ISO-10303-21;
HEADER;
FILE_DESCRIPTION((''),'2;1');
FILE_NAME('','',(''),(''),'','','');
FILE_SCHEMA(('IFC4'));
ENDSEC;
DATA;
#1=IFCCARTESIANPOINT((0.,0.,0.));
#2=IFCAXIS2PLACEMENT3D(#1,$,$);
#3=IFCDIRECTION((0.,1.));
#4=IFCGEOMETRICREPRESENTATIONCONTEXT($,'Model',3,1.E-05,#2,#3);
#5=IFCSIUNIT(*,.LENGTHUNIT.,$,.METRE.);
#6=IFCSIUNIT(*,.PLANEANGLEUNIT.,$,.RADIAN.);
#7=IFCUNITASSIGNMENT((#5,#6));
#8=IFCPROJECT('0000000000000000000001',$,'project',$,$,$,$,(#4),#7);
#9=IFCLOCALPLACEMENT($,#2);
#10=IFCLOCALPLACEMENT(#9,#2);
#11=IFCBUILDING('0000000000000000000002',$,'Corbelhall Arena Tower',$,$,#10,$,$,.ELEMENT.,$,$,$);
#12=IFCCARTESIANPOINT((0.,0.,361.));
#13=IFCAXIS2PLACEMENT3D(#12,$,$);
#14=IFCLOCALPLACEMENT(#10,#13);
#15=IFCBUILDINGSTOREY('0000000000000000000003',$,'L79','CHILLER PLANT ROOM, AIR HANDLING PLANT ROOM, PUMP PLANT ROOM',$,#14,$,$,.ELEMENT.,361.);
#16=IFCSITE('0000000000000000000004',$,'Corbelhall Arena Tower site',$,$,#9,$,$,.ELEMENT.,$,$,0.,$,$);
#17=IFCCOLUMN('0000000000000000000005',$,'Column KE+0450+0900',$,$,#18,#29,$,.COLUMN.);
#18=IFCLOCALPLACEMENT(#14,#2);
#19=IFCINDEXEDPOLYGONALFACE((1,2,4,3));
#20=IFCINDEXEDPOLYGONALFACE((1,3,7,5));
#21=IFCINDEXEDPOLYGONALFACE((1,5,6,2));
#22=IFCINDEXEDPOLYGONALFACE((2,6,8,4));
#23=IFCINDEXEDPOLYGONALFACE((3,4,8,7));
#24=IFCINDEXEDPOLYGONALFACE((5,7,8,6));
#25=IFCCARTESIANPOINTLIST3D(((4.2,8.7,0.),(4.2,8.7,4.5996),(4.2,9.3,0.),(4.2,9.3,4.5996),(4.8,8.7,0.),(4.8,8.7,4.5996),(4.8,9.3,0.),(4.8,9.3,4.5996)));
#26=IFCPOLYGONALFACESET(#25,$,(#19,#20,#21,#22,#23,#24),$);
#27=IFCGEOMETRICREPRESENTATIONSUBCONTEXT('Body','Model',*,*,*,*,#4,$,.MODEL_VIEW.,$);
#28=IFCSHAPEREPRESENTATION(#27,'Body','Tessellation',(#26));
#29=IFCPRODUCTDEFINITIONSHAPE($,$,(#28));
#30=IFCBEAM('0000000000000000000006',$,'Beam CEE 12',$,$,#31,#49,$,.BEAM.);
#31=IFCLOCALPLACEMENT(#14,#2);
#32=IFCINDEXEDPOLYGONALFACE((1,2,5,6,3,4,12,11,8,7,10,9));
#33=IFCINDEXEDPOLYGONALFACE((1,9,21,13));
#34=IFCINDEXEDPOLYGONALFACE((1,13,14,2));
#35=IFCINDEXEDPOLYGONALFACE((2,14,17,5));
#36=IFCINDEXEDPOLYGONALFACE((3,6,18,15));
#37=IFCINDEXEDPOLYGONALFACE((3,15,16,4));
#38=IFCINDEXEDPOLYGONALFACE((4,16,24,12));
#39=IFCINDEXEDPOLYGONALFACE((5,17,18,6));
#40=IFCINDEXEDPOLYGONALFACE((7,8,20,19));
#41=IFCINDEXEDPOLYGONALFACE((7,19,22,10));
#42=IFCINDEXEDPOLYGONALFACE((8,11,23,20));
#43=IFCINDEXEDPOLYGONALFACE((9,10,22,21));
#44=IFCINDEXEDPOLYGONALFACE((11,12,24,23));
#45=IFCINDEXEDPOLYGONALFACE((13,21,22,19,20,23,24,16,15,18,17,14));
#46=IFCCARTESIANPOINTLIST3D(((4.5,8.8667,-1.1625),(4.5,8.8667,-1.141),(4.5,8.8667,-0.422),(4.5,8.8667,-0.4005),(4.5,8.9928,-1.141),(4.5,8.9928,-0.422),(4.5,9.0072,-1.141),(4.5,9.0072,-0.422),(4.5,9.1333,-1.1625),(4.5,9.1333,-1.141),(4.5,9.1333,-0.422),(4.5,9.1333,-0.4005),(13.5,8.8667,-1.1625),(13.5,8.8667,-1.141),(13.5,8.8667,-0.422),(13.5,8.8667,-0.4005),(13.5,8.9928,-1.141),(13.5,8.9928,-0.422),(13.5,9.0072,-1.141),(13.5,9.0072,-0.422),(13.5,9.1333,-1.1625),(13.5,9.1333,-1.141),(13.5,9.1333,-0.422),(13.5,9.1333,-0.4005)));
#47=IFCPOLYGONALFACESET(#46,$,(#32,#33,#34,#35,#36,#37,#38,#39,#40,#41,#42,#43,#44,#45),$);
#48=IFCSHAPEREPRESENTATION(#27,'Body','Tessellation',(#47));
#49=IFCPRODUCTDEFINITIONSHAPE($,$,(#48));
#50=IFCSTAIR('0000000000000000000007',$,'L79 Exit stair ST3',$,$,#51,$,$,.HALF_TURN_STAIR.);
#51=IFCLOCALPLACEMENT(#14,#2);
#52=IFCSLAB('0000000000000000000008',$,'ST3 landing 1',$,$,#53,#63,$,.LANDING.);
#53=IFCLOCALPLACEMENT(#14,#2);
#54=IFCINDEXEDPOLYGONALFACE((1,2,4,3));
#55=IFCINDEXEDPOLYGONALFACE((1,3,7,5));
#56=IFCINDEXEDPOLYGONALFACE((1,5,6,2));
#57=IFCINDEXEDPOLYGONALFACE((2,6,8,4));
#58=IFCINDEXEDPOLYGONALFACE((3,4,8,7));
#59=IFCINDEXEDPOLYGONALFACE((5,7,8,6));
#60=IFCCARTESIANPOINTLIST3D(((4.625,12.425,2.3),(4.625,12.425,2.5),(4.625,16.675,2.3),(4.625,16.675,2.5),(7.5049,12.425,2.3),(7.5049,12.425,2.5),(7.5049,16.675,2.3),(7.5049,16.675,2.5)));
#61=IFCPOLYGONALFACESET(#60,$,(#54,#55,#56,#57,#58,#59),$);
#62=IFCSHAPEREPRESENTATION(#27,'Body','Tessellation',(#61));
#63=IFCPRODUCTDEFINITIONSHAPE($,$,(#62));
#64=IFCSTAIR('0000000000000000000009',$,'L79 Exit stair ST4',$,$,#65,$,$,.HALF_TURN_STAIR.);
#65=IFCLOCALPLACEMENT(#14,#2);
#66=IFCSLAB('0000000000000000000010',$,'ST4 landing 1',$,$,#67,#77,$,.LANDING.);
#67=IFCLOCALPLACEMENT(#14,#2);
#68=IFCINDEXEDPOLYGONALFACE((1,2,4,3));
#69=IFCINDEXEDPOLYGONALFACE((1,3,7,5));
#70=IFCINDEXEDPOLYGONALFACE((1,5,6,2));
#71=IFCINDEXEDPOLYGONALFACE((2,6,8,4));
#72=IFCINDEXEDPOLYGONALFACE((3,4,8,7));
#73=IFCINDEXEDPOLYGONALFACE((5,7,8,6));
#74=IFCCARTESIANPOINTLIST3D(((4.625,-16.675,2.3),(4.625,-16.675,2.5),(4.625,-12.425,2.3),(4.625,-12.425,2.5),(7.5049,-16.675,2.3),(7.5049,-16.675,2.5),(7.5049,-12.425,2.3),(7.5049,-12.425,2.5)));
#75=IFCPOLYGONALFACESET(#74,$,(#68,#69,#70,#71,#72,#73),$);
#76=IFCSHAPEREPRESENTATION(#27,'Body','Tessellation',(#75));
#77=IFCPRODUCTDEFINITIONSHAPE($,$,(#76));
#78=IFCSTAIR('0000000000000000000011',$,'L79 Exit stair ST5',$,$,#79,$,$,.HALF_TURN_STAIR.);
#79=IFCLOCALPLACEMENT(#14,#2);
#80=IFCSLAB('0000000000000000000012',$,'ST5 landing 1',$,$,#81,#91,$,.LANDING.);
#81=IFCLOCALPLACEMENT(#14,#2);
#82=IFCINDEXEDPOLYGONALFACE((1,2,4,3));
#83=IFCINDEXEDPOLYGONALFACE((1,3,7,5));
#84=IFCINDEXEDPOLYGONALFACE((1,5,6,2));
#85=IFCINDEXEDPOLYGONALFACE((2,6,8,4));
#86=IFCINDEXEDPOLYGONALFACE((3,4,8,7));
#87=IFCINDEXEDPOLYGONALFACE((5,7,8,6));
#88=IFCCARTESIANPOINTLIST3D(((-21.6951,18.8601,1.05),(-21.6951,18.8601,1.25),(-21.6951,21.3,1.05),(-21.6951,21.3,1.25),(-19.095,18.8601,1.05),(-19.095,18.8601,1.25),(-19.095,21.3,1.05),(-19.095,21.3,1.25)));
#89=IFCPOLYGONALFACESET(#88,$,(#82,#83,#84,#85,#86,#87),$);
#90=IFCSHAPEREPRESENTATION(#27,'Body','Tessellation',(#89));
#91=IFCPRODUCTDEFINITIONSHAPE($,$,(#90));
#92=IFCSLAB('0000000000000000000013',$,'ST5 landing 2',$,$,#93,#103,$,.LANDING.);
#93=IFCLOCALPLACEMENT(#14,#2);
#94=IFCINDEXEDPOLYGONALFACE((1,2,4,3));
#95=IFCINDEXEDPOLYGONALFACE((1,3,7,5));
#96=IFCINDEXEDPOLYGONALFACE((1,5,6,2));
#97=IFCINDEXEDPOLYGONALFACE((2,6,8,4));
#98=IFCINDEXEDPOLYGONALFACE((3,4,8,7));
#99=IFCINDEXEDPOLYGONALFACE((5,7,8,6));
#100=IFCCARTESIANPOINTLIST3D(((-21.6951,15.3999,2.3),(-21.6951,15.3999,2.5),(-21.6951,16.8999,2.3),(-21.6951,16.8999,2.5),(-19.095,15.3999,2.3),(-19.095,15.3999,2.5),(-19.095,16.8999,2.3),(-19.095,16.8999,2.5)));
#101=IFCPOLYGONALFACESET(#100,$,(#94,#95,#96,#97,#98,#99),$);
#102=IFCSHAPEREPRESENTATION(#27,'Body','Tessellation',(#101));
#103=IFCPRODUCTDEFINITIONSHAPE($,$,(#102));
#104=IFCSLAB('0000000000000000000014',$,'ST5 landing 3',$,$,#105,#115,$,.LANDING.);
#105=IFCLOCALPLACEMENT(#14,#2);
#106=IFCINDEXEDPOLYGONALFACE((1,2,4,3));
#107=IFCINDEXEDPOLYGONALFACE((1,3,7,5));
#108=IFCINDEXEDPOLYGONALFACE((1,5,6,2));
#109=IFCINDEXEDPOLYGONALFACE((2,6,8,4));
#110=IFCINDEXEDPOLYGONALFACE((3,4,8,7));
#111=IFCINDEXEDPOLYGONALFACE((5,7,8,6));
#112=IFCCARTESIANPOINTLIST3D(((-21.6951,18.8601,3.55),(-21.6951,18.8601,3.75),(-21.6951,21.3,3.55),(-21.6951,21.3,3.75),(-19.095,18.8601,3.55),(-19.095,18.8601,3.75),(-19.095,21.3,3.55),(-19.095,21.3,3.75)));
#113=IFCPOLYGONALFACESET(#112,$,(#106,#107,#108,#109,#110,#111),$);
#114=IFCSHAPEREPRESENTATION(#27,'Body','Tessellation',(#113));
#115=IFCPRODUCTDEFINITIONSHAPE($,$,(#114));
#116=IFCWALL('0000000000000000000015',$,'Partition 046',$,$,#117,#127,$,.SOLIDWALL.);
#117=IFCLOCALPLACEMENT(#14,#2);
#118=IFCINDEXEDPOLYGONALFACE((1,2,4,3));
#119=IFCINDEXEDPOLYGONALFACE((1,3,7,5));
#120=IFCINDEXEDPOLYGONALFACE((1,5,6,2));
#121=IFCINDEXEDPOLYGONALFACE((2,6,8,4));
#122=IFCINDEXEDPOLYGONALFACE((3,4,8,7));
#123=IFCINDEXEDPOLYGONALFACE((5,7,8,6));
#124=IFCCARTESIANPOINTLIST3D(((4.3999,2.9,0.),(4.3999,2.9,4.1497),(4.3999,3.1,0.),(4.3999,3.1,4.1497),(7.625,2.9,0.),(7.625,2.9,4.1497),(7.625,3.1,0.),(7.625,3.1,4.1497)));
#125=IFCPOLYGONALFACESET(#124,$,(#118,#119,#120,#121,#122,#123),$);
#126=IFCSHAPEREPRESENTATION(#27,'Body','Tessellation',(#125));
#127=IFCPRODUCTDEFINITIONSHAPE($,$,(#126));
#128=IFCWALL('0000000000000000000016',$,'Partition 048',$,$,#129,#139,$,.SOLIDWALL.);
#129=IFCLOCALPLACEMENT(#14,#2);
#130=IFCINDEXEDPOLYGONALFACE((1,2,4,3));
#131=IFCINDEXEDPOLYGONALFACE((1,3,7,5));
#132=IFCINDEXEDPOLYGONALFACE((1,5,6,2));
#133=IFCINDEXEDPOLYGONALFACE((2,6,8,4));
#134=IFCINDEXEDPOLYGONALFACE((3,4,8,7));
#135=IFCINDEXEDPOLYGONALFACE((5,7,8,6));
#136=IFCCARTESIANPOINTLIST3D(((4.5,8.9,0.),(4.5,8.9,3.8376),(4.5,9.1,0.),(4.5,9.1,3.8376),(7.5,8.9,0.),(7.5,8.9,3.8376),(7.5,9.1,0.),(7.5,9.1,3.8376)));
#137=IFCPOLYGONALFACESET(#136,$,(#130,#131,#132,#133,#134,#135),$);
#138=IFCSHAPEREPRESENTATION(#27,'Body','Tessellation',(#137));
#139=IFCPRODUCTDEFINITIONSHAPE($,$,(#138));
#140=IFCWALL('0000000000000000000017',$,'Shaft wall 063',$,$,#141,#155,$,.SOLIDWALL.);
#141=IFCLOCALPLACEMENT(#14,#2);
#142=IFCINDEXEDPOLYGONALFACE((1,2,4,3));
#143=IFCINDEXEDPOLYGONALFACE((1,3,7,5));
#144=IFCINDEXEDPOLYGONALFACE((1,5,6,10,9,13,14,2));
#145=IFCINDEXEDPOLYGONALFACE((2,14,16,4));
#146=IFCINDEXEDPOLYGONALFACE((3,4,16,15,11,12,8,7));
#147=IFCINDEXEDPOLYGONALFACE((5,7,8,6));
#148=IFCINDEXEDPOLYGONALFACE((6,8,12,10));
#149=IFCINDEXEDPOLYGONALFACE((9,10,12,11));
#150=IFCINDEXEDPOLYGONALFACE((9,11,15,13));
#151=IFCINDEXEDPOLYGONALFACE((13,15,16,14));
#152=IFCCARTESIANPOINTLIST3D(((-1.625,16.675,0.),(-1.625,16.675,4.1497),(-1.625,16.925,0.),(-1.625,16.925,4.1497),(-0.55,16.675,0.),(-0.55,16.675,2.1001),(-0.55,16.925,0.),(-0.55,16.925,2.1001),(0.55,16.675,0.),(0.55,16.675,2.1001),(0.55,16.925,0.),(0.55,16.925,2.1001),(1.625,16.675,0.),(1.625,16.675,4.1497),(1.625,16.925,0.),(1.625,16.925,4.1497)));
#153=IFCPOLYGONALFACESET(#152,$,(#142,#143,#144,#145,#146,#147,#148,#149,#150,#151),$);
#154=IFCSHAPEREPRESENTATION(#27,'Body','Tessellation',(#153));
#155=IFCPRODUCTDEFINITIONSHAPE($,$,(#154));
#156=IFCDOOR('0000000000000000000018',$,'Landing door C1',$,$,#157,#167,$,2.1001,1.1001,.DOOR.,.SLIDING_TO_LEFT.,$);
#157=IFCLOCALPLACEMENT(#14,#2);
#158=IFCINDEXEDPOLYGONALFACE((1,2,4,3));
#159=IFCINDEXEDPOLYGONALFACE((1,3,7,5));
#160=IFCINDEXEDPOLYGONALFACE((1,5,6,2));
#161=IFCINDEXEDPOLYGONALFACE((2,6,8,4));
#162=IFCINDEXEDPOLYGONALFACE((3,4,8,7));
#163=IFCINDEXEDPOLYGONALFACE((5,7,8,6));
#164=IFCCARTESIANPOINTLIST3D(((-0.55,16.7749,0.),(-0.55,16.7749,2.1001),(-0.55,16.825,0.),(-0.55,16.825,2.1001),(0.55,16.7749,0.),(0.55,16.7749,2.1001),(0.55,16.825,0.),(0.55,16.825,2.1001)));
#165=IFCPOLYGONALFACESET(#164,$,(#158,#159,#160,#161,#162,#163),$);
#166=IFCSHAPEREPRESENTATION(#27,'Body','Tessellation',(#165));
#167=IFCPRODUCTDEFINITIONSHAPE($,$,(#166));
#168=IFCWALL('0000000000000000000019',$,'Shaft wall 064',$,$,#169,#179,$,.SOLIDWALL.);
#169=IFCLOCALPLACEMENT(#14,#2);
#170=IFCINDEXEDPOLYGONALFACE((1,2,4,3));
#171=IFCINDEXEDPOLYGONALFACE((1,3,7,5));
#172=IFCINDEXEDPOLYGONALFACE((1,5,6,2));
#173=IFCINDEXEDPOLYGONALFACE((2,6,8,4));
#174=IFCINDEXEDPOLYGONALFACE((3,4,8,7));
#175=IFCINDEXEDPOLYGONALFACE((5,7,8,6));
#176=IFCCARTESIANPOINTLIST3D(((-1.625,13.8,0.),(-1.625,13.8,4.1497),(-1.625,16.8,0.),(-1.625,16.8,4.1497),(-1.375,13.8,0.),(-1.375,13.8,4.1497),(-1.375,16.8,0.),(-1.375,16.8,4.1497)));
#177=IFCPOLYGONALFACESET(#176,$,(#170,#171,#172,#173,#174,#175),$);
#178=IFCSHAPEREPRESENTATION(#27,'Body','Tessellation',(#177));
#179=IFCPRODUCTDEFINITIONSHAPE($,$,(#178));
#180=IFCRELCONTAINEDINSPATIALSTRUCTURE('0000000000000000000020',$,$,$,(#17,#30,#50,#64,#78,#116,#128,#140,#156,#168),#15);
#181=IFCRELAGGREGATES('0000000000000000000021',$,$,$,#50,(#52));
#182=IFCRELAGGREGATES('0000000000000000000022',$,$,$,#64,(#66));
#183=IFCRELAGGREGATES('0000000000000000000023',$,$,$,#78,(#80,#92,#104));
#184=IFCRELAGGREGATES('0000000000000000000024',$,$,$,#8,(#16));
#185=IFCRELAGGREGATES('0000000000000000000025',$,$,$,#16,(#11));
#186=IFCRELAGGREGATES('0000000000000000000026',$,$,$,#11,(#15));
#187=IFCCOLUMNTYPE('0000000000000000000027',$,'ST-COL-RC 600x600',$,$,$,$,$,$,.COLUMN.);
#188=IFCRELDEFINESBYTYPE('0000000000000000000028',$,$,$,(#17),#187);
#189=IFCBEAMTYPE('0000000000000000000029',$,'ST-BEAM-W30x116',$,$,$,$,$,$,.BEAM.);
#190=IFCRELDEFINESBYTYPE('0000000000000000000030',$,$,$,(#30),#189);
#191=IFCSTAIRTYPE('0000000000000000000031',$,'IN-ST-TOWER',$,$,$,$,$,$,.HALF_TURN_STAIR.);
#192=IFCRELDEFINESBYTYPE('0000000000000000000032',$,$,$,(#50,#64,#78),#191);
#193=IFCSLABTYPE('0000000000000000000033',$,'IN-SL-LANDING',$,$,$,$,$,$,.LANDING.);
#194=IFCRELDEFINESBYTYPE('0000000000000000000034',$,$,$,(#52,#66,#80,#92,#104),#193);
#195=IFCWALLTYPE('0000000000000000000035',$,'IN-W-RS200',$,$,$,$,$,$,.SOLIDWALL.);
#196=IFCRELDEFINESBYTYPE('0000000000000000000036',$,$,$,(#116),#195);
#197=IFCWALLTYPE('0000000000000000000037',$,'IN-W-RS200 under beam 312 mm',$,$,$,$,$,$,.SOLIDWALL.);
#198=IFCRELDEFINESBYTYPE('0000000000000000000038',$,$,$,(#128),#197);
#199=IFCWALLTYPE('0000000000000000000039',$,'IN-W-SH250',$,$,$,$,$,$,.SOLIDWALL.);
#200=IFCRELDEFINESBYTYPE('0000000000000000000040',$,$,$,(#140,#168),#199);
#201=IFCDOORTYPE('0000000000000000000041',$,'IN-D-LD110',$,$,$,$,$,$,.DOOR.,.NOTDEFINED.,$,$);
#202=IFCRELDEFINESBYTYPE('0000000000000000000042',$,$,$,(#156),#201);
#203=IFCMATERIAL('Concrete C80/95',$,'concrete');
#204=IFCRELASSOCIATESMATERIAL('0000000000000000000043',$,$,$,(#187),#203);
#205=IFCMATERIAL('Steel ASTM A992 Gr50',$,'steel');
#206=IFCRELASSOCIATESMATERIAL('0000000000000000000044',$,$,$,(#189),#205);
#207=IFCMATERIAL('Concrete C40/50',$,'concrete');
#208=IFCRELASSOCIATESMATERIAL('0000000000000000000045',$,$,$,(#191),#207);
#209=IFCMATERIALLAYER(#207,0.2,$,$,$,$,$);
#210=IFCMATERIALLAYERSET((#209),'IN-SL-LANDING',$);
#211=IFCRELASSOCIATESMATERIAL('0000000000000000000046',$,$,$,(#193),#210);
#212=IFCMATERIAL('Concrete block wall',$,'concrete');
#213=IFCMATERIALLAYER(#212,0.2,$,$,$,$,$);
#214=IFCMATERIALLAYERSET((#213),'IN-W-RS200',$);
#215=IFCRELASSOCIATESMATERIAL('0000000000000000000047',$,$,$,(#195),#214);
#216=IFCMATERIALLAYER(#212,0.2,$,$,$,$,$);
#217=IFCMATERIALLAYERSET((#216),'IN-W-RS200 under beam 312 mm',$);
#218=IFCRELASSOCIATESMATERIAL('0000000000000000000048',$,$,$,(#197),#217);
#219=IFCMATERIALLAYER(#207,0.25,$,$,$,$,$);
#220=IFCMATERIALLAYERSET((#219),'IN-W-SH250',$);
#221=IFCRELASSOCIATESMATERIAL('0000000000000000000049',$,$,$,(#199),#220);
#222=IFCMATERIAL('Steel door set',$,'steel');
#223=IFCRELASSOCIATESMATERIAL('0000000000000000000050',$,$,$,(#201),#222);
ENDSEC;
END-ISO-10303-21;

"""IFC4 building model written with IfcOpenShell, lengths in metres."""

from ifc_helpers import new_model, si_unit, direction, frame, frame_2d, origin, origin_2d, place, context, subcontext, project, spatial, polyline, rectangle, i_section, outline, extrude, material, layer, layer_set, material_profile, profile_set, type_object, element, fill, aggregate, save


model = new_model("IFC4")

# Units and contexts
model_context = context("Model", 3, precision=1e-05, world=origin(), true_north=direction((0.0, 1.0)))
body_context = subcontext(model_context, "Body", "Model", "MODEL_VIEW")
ifc_project = project(units=[si_unit("LENGTHUNIT", "METRE"), si_unit("PLANEANGLEUNIT", "RADIAN")], contexts=[model_context])

# Site, building, storey
site_placement = place(None, origin())
site = spatial("IfcSite", under=ifc_project, at=site_placement, Name="Corbelhall Arena Tower site", CompositionType="ELEMENT", RefElevation=0.0)
building_placement = place(site_placement, origin())
building = spatial("IfcBuilding", under=site, at=building_placement, Name="Corbelhall Arena Tower", CompositionType="ELEMENT")
storey_placement = place(building_placement, frame((0.0, 0.0, 361.0)))
storey = spatial("IfcBuildingStorey", under=building, at=storey_placement, Name="L79", Description="CHILLER PLANT ROOM, AIR HANDLING PLANT ROOM, PUMP PLANT ROOM", CompositionType="ELEMENT", Elevation=361.0)

# Column
ifc_material_1 = material(Name="Concrete C80/95", Category="concrete")
ifc_material_profile_1 = material_profile(ifc_material_1, rectangle(XDim=0.6001, YDim=0.6001, at=origin_2d()))
ifc_profile_set_1 = profile_set([ifc_material_profile_1], Name="Concrete C80/95")
column_type = type_object("IfcColumnType", Name="ST-COL-RC 600x600", PredefinedType="COLUMN", material=ifc_profile_set_1)
column_placement = place(storey_placement, frame((4.5, 9.0, 0.0), z_axis=(0.0, 0.0, 1.0), x_axis=(1.0, 0.0, 0.0)))
element("IfcColumn", 1, at=column_placement, inside=storey, type_object=column_type, Name="Column KE+0450+0900", PredefinedType="COLUMN", context=body_context, shape_type="SweptSolid", body=[
    extrude(rectangle(XDim=0.6001, YDim=0.6001, at=origin_2d()), origin(), (0.0, 0.0, 1.0), 4.5996),
])

# Beam
ifc_material_2 = material(Name="Steel ASTM A992 Gr50", Category="steel")
ifc_material_profile_2 = material_profile(ifc_material_2, i_section(OverallWidth=0.2666, OverallDepth=0.762, WebThickness=0.0144, FlangeThickness=0.0215, at=origin_2d()))
ifc_profile_set_2 = profile_set([ifc_material_profile_2], Name="Steel ASTM A992 Gr50")
beam_type = type_object("IfcBeamType", Name="ST-BEAM-W30x116", PredefinedType="BEAM", material=ifc_profile_set_2)
beam_placement = place(storey_placement, frame((4.5, 9.0, -0.7815), z_axis=(1.0, 0.0, 0.0), x_axis=(0.0, 1.0, 0.0)))
element("IfcBeam", 2, at=beam_placement, inside=storey, type_object=beam_type, Name="Beam CEE 12", PredefinedType="BEAM", context=body_context, shape_type="SweptSolid", body=[
    extrude(i_section(OverallWidth=0.2666, OverallDepth=0.762, WebThickness=0.0144, FlangeThickness=0.0215, at=origin_2d()), origin(), (0.0, 0.0, 1.0), 9.0),
])

# Stairs, slabs
ifc_material_3 = material(Name="Concrete C40/50", Category="concrete")
stair_type = type_object("IfcStairType", Name="IN-ST-TOWER", PredefinedType="HALF_TURN_STAIR", material=ifc_material_3)
stair_1_placement = place(storey_placement, origin())
stair_1 = element("IfcStair", 3, at=stair_1_placement, inside=storey, type_object=stair_type, Name="L79 Exit stair ST3", PredefinedType="HALF_TURN_STAIR")
ifc_layer_1 = layer(ifc_material_3, 0.2)
ifc_layer_set_1 = layer_set([ifc_layer_1], Name="IN-SL-LANDING")
slab_type = type_object("IfcSlabType", Name="IN-SL-LANDING", PredefinedType="LANDING", material=ifc_layer_set_1)
slab_1_placement = place(storey_placement, frame((0.0, 0.0, 2.3)))
slab_1 = element("IfcSlab", 4, at=slab_1_placement, type_object=slab_type, Name="ST3 landing 1", PredefinedType="LANDING", context=body_context, shape_type="SweptSolid", body=[
    extrude(outline(polyline([(7.5049, 16.675), (4.625, 16.675), (4.625, 12.425), (7.5049, 12.425), (7.5049, 16.675)])), origin(), (0.0, 0.0, 1.0), 0.2),
])
aggregate(stair_1, [slab_1])
stair_2_placement = place(storey_placement, origin())
stair_2 = element("IfcStair", 5, at=stair_2_placement, inside=storey, type_object=stair_type, Name="L79 Exit stair ST4", PredefinedType="HALF_TURN_STAIR")
slab_2_placement = place(storey_placement, frame((0.0, 0.0, 2.3)))
slab_2 = element("IfcSlab", 6, at=slab_2_placement, type_object=slab_type, Name="ST4 landing 1", PredefinedType="LANDING", context=body_context, shape_type="SweptSolid", body=[
    extrude(outline(polyline([(7.5049, -12.425), (4.625, -12.425), (4.625, -16.675), (7.5049, -16.675), (7.5049, -12.425)])), origin(), (0.0, 0.0, 1.0), 0.2),
])
aggregate(stair_2, [slab_2])

# Stair, slabs
stair_3_placement = place(storey_placement, origin())
stair_3 = element("IfcStair", 7, at=stair_3_placement, inside=storey, type_object=stair_type, Name="L79 Exit stair ST5", PredefinedType="HALF_TURN_STAIR")
slab_3_placement = place(storey_placement, frame((0.0, 0.0, 1.05)))
slab_3 = element("IfcSlab", 8, at=slab_3_placement, type_object=slab_type, Name="ST5 landing 1", PredefinedType="LANDING", context=body_context, shape_type="SweptSolid", body=[
    extrude(outline(polyline([(-19.095, 18.8601), (-19.095, 21.3), (-21.6951, 21.3), (-21.6951, 18.8601), (-19.095, 18.8601)])), origin(), (0.0, 0.0, 1.0), 0.2),
])
slab_4_placement = place(storey_placement, frame((0.0, 0.0, 2.3)))
slab_4 = element("IfcSlab", 9, at=slab_4_placement, type_object=slab_type, Name="ST5 landing 2", PredefinedType="LANDING", context=body_context, shape_type="SweptSolid", body=[
    extrude(outline(polyline([(-19.095, 15.3999), (-19.095, 16.8999), (-21.6951, 16.8999), (-21.6951, 15.3999), (-19.095, 15.3999)])), origin(), (0.0, 0.0, 1.0), 0.2),
])
slab_5_placement = place(storey_placement, frame((0.0, 0.0, 3.55)))
slab_5 = element("IfcSlab", 10, at=slab_5_placement, type_object=slab_type, Name="ST5 landing 3", PredefinedType="LANDING", context=body_context, shape_type="SweptSolid", body=[
    extrude(outline(polyline([(-19.095, 18.8601), (-19.095, 21.3), (-21.6951, 21.3), (-21.6951, 18.8601), (-19.095, 18.8601)])), origin(), (0.0, 0.0, 1.0), 0.2),
])
aggregate(stair_3, [slab_3, slab_4, slab_5])

# Walls
ifc_material_4 = material(Name="Concrete block wall", Category="concrete")
ifc_layer_2 = layer(ifc_material_4, 0.2)
ifc_layer_set_2 = layer_set([ifc_layer_2], Name="IN-W-RS200")
wall_type_1 = type_object("IfcWallType", Name="IN-W-RS200", PredefinedType="SOLIDWALL", material=ifc_layer_set_2)
wall_1_placement = place(storey_placement, frame((4.3999, 3.0, 0.0), z_axis=(0.0, 0.0, 1.0), x_axis=(1.0, 0.0, 0.0)))
element("IfcWall", 11, at=wall_1_placement, inside=storey, type_object=wall_type_1, Name="Partition 046", PredefinedType="SOLIDWALL", context=body_context, shape_type="SweptSolid", body=[
    extrude(rectangle(XDim=3.2251, YDim=0.2, at=frame_2d((1.6125, 0.0))), origin(), (0.0, 0.0, 1.0), 4.1497),
])
ifc_layer_3 = layer(ifc_material_4, 0.2)
ifc_layer_set_3 = layer_set([ifc_layer_3], Name="IN-W-RS200 under beam 312 mm")
wall_type_2 = type_object("IfcWallType", Name="IN-W-RS200 under beam 312 mm", PredefinedType="SOLIDWALL", material=ifc_layer_set_3)
wall_2_placement = place(storey_placement, frame((4.5, 9.0, 0.0), z_axis=(0.0, 0.0, 1.0), x_axis=(1.0, 0.0, 0.0)))
element("IfcWall", 12, at=wall_2_placement, inside=storey, type_object=wall_type_2, Name="Partition 048", PredefinedType="SOLIDWALL", context=body_context, shape_type="SweptSolid", body=[
    extrude(rectangle(XDim=3.0, YDim=0.2, at=frame_2d((1.5, 0.0))), origin(), (0.0, 0.0, 1.0), 3.8376),
])

# Wall, opening, door
ifc_layer_4 = layer(ifc_material_3, 0.25)
ifc_layer_set_4 = layer_set([ifc_layer_4], Name="IN-W-SH250")
wall_type_3 = type_object("IfcWallType", Name="IN-W-SH250", PredefinedType="SOLIDWALL", material=ifc_layer_set_4)
wall_3_placement = place(storey_placement, frame((-1.625, 16.8, 0.0), z_axis=(0.0, 0.0, 1.0), x_axis=(1.0, 0.0, 0.0)))
wall_3 = element("IfcWall", 13, at=wall_3_placement, inside=storey, type_object=wall_type_3, Name="Shaft wall 063", PredefinedType="SOLIDWALL", context=body_context, shape_type="SweptSolid", body=[
    extrude(rectangle(XDim=3.25, YDim=0.25, at=frame_2d((1.625, 0.0))), origin(), (0.0, 0.0, 1.0), 4.1497),
])
opening_1_placement = place(wall_3_placement, frame((1.075, 0.0, 0.0)))
opening_1 = element("IfcOpeningElement", 14, at=opening_1_placement, cuts=wall_3, PredefinedType="OPENING", context=body_context, shape_type="SweptSolid", body=[
    extrude(rectangle(XDim=1.1001, YDim=2.1001, at=frame_2d((0.55, 1.05))), frame((0.0, 0.125, 0.0), z_axis=(0.0, -1.0, 0.0), x_axis=(1.0, 0.0, 0.0)), (0.0, 0.0, 1.0), 0.25),
])
ifc_material_5 = material(Name="Steel door set", Category="steel")
door_type_1 = type_object("IfcDoorType", Name="IN-D-LD110", OperationType="NOTDEFINED", PredefinedType="DOOR", material=ifc_material_5)
door_1_placement = place(opening_1_placement, origin())
door_1 = element("IfcDoor", 15, at=door_1_placement, inside=storey, type_object=door_type_1, Name="Landing door C1", OperationType="SLIDING_TO_LEFT", OverallHeight=2.1001, OverallWidth=1.1001, PredefinedType="DOOR", context=body_context, shape_type="SweptSolid", body=[
    extrude(rectangle(XDim=1.1001, YDim=2.1001, at=frame_2d((0.55, 1.05))), frame((0.0, 0.0249, 0.0), z_axis=(0.0, -1.0, 0.0), x_axis=(1.0, 0.0, 0.0)), (0.0, 0.0, 1.0), 0.05),
])
fill(opening_1, door_1)

# Wall
wall_4_placement = place(storey_placement, frame((-1.5, 13.8, 0.0), z_axis=(0.0, 0.0, 1.0), x_axis=(0.0, 1.0, 0.0)))
element("IfcWall", 16, at=wall_4_placement, inside=storey, type_object=wall_type_3, Name="Shaft wall 064", PredefinedType="SOLIDWALL", context=body_context, shape_type="SweptSolid", body=[
    extrude(rectangle(XDim=3.0, YDim=0.25, at=frame_2d((1.5, 0.0))), origin(), (0.0, 0.0, 1.0), 4.1497),
])

save(model, "model.ifc")
